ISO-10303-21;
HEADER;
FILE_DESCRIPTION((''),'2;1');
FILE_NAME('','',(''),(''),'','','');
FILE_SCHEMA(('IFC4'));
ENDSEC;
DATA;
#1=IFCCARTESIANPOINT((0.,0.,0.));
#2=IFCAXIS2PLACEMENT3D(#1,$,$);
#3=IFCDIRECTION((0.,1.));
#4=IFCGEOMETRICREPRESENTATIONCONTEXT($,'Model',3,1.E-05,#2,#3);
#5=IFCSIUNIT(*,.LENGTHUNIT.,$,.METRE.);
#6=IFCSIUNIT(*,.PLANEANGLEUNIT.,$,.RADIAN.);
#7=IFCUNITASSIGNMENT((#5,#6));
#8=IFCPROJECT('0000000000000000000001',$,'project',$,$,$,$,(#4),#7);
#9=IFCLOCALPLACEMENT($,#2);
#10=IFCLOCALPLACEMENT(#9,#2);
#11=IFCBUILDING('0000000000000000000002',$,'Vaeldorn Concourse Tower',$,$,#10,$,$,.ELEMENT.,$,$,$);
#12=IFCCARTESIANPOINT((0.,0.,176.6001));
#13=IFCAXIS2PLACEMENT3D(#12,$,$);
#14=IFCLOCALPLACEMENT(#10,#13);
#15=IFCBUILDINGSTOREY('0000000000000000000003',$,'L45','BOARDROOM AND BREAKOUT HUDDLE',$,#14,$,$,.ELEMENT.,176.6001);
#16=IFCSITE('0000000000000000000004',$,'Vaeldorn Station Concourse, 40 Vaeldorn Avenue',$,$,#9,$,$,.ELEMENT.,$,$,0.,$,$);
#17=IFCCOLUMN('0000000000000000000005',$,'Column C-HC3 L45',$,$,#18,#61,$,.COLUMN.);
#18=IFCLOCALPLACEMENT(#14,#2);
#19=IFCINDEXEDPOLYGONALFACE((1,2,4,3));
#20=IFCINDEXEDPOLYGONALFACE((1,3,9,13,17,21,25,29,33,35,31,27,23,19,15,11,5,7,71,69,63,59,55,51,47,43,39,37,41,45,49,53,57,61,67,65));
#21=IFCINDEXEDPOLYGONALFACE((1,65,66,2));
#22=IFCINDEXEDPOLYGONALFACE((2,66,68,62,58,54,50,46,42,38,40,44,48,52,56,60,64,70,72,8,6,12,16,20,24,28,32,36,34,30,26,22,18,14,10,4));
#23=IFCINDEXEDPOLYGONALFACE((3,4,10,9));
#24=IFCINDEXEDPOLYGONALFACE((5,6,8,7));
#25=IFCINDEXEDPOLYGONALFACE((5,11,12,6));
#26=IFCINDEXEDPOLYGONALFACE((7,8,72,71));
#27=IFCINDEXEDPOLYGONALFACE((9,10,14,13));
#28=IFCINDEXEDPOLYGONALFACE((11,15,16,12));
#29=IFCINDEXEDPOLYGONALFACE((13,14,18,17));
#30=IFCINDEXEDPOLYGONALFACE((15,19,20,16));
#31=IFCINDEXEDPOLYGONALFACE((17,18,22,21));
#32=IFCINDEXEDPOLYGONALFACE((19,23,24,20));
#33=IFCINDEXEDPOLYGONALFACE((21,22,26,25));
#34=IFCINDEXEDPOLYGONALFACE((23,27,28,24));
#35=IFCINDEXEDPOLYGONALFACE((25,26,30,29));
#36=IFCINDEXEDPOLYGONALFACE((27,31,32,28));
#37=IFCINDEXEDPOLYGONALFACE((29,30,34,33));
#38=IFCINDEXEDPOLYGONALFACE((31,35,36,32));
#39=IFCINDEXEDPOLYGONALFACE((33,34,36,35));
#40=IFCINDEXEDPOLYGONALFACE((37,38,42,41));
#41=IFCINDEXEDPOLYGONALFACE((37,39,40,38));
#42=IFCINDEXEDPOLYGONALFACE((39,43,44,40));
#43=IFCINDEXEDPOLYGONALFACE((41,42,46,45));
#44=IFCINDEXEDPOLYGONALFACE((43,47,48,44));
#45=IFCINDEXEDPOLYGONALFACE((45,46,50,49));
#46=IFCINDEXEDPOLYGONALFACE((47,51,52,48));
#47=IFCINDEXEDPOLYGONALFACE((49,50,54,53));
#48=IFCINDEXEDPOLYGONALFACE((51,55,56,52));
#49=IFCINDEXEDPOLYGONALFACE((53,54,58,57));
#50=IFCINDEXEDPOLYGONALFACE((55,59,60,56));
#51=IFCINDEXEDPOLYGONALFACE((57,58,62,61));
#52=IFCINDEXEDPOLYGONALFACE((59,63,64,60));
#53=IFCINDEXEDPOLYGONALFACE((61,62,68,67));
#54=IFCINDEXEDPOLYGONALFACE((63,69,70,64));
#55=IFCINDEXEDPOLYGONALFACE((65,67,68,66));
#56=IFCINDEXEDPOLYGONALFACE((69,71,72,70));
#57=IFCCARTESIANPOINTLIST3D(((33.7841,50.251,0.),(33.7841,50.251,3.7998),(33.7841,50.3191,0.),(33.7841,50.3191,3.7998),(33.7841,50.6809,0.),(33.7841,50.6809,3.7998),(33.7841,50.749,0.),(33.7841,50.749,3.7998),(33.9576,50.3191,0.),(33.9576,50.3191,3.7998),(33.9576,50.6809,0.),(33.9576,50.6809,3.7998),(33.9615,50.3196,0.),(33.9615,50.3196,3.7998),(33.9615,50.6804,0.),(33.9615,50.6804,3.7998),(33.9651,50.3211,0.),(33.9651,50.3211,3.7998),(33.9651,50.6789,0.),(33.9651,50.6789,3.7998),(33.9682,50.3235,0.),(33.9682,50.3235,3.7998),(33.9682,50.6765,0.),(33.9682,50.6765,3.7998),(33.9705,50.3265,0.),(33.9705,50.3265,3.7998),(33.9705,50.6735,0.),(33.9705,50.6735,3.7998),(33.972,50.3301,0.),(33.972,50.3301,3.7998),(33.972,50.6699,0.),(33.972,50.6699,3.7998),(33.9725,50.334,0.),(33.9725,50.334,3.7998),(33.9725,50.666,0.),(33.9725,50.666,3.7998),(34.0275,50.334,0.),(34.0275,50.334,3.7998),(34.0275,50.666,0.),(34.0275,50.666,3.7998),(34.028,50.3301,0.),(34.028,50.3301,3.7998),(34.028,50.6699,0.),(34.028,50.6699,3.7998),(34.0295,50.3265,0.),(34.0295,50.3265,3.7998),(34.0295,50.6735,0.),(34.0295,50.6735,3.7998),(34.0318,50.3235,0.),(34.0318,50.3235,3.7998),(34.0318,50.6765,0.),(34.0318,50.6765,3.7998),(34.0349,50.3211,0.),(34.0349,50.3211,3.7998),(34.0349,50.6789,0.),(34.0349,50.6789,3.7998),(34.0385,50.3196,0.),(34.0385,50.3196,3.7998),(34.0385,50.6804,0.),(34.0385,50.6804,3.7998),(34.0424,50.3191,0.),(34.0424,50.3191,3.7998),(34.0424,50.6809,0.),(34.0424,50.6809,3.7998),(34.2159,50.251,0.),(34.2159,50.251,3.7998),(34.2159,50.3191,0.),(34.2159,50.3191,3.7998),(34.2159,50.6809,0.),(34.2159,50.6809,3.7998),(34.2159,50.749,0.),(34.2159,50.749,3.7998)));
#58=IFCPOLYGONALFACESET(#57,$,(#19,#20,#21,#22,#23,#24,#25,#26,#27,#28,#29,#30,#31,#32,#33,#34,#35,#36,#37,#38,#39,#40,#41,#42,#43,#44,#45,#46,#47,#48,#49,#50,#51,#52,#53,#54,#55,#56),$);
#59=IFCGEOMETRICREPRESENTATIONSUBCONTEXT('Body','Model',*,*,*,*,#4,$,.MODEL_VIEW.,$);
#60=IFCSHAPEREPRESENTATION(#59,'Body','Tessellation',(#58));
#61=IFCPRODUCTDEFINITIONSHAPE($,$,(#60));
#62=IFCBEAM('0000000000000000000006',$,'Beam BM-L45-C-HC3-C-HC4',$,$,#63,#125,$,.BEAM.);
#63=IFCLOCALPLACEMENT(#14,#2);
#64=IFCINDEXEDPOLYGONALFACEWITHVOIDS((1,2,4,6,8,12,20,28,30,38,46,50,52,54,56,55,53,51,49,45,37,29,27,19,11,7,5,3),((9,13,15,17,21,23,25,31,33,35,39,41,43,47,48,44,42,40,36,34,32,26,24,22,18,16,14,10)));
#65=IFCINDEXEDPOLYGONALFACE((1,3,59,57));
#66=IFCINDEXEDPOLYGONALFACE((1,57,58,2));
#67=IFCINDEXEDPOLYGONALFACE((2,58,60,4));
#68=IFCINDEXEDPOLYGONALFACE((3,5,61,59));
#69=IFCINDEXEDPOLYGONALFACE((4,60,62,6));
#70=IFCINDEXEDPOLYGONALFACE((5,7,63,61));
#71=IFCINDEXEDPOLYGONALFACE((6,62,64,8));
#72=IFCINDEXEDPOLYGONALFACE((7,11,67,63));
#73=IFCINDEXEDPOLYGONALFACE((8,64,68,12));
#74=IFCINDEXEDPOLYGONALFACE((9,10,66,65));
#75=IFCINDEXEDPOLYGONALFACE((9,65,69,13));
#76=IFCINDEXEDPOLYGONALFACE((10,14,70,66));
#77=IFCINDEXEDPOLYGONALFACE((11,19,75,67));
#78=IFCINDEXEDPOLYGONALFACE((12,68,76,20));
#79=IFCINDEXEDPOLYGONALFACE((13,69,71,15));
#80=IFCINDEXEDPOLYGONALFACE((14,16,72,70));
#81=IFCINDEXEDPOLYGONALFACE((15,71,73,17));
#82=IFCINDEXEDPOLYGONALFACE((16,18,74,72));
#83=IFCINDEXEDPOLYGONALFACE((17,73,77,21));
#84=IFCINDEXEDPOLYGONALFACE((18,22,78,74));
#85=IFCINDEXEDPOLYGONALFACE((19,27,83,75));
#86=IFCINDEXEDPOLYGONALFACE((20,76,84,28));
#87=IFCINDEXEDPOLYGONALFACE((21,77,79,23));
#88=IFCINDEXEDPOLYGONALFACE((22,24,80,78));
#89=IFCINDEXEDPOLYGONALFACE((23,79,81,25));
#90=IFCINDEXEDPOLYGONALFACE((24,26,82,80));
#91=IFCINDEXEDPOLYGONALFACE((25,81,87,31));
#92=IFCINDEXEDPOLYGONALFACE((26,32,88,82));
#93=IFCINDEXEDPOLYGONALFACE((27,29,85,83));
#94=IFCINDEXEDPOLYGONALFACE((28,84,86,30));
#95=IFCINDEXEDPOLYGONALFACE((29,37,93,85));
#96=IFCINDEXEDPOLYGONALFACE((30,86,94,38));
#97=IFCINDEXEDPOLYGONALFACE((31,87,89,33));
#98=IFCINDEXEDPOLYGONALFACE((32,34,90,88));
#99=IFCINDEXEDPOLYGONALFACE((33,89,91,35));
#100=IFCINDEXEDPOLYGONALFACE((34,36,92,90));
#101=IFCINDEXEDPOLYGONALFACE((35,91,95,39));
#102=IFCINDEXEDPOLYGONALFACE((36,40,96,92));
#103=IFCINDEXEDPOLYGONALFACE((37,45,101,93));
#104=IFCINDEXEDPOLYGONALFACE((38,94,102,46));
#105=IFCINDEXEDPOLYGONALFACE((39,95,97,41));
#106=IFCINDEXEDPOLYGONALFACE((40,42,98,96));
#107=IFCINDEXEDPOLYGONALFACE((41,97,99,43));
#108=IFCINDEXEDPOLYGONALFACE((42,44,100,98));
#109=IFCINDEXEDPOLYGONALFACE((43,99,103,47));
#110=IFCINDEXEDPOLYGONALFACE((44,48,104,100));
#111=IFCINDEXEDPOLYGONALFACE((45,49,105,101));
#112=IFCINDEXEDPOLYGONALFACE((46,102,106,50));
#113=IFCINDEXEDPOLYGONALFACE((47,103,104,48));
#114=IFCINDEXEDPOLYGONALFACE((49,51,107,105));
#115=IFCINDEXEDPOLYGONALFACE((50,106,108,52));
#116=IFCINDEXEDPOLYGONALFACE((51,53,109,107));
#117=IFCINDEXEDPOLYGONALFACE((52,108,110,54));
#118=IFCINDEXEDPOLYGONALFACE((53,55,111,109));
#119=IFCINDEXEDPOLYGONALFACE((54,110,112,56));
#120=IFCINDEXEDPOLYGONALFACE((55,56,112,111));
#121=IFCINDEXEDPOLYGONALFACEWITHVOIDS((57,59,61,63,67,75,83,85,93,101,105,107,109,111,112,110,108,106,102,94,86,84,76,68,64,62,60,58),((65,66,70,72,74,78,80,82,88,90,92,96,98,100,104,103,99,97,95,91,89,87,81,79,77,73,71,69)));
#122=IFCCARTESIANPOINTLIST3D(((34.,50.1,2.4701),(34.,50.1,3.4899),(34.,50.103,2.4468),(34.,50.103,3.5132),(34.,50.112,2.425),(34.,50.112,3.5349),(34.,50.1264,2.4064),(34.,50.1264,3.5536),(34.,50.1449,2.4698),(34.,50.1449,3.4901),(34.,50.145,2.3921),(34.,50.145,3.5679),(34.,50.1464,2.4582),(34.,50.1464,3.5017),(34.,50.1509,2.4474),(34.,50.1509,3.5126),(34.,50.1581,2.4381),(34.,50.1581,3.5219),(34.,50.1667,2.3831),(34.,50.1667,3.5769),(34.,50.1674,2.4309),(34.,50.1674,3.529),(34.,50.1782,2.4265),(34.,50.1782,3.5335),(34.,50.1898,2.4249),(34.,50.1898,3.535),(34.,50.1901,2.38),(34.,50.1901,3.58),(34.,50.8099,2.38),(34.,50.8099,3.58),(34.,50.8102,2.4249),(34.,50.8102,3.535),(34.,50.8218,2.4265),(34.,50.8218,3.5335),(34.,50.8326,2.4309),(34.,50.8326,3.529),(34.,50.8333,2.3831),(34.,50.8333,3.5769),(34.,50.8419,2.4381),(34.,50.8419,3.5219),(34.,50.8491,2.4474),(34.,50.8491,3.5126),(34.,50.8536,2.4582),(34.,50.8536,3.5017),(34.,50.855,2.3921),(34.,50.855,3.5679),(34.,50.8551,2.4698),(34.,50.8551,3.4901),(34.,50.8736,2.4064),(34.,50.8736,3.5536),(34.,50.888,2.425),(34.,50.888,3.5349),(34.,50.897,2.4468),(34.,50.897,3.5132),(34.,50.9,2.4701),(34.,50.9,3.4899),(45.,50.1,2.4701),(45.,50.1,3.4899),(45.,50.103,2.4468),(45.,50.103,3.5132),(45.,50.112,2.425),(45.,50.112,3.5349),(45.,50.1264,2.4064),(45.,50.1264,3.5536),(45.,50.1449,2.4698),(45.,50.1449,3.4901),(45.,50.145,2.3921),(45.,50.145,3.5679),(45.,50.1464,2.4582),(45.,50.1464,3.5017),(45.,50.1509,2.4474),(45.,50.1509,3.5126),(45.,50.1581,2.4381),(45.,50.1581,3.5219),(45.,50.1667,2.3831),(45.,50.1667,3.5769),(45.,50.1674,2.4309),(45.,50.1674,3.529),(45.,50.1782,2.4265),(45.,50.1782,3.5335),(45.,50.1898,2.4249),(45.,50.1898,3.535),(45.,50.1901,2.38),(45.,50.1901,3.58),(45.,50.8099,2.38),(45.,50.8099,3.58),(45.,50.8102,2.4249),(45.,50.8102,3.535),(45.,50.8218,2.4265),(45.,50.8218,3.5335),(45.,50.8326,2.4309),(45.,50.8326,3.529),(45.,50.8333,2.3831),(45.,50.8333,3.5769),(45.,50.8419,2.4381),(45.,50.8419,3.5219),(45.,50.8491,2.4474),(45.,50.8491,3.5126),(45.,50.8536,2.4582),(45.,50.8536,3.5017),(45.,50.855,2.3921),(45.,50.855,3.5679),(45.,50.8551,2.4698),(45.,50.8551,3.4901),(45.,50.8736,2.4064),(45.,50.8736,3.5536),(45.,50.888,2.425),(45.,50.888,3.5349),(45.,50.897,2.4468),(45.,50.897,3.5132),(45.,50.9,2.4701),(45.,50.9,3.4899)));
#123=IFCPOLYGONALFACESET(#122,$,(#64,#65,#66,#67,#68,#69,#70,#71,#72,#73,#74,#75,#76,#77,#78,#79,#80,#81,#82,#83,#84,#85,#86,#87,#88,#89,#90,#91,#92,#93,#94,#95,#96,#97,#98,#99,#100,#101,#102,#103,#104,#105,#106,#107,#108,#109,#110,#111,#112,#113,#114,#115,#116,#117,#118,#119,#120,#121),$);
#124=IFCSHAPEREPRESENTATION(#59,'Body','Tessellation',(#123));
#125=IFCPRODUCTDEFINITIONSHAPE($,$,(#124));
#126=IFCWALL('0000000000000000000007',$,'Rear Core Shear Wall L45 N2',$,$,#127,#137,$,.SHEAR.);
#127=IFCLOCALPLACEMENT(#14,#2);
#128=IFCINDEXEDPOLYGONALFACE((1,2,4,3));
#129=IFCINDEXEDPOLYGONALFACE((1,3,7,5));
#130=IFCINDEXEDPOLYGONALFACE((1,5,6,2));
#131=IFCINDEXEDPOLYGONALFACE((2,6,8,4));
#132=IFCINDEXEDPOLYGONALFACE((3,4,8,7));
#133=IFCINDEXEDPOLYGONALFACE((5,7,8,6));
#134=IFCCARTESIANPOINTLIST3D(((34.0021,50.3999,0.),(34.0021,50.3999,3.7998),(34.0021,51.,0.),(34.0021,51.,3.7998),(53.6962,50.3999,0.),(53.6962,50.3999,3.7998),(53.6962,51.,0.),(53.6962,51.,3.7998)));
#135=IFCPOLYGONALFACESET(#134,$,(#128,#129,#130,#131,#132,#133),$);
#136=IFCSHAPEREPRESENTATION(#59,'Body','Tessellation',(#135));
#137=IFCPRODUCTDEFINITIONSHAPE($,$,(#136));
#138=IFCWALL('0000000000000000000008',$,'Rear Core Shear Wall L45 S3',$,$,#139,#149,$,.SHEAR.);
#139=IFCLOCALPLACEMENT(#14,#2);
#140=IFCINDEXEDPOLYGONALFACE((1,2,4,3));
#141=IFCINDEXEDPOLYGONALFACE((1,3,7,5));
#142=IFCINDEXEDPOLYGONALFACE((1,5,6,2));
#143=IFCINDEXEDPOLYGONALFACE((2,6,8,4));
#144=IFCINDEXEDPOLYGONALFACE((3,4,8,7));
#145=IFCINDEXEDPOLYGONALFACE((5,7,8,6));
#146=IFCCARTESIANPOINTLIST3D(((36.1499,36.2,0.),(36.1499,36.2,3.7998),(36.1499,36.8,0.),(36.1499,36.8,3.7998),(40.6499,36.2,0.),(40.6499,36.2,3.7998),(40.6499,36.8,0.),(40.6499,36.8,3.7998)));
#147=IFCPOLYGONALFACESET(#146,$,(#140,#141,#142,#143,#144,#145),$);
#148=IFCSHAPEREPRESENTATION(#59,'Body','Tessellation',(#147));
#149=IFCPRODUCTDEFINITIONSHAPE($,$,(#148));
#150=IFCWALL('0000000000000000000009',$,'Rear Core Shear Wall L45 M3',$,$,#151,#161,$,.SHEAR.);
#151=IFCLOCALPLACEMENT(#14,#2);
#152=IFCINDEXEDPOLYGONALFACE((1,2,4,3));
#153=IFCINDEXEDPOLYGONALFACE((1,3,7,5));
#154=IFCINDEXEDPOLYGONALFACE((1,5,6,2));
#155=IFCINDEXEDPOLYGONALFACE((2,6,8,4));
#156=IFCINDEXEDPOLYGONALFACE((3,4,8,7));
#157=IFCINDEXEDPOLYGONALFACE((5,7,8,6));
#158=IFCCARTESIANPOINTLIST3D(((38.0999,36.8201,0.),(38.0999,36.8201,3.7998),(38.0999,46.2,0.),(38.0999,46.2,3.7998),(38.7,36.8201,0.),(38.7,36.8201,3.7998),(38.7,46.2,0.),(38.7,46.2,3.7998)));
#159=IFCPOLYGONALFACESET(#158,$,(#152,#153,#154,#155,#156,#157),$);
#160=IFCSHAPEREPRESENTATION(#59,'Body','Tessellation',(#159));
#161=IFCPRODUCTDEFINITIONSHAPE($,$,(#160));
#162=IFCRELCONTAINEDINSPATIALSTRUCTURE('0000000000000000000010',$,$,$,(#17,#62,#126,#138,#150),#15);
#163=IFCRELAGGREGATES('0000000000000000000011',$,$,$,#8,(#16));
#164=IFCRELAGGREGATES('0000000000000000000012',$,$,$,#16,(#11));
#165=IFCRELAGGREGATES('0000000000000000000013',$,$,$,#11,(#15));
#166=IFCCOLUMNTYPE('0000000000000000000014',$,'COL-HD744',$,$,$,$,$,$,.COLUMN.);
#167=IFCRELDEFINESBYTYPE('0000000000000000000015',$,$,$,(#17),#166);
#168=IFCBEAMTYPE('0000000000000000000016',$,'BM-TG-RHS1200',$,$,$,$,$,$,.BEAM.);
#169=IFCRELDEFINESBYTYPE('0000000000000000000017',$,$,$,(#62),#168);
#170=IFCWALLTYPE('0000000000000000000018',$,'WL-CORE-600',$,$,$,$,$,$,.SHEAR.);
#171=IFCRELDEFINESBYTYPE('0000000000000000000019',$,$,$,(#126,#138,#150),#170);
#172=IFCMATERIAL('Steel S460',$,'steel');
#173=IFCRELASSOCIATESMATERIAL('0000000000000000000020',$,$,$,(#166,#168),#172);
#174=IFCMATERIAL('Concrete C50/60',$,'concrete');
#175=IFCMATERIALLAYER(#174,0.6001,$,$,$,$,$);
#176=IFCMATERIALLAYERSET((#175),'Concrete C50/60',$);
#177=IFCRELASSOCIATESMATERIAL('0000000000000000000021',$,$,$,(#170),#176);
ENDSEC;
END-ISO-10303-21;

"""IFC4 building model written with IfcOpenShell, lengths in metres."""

from ifc_helpers import new_model, si_unit, direction, frame, frame_2d, origin, origin_2d, place, context, subcontext, project, spatial, rectangle, hollow_rectangle, i_section, extrude, source, transform, mapped, material, layer, layer_set, material_profile, profile_set, type_object, element, save


model = new_model("IFC4")

# Units and contexts
model_context = context("Model", 3, precision=1e-05, world=origin(), true_north=direction((0.0, 1.0)))
body_context = subcontext(model_context, "Body", "Model", "MODEL_VIEW")
ifc_project = project(units=[si_unit("LENGTHUNIT", "METRE"), si_unit("PLANEANGLEUNIT", "RADIAN")], contexts=[model_context])

# Site, building, storey
site_placement = place(None, origin())
site = spatial("IfcSite", under=ifc_project, at=site_placement, Name="Vaeldorn Station Concourse, 40 Vaeldorn Avenue", CompositionType="ELEMENT", RefElevation=0.0)
building_placement = place(site_placement, origin())
building = spatial("IfcBuilding", under=site, at=building_placement, Name="Vaeldorn Concourse Tower", CompositionType="ELEMENT")
storey_placement = place(building_placement, frame((0.0, 0.0, 176.6001)))
storey = spatial("IfcBuildingStorey", under=building, at=storey_placement, Name="L45", Description="BOARDROOM AND BREAKOUT HUDDLE", CompositionType="ELEMENT", Elevation=176.6001)

# Column
ifc_material_1 = material(Name="Steel S460", Category="steel")
ifc_material_profile_1 = material_profile(ifc_material_1, i_section(OverallWidth=0.4319, OverallDepth=0.498, WebThickness=0.0549, FlangeThickness=0.0681, FilletRadius=0.0149, at=origin_2d()), Name="HD 400x744")
ifc_profile_set_1 = profile_set([ifc_material_profile_1], Name="Steel S460")
column_type = type_object("IfcColumnType", Name="COL-HD744", PredefinedType="COLUMN", material=ifc_profile_set_1)
shared_shape_1 = source(origin(), body_context, "Body", "SweptSolid", [
    extrude(i_section(OverallWidth=0.4319, OverallDepth=0.498, WebThickness=0.0549, FlangeThickness=0.0681, FilletRadius=0.0149, at=origin_2d()), origin(), (0.0, 0.0, 1.0), 3.7998),
])
column_placement = place(storey_placement, frame((34.0, 50.5, 0.0), z_axis=(0.0, 0.0, 1.0), x_axis=(1.0, 0.0, 0.0)))
element("IfcColumn", 1, at=column_placement, inside=storey, type_object=column_type, Name="Column C-HC3 L45", PredefinedType="COLUMN", context=body_context, shape_type="MappedRepresentation", body=[
    mapped(shared_shape_1, transform((0.0, 0.0, 0.0), scale=1.0)),
])

# Beam
ifc_material_profile_2 = material_profile(ifc_material_1, hollow_rectangle(XDim=0.8, YDim=1.2, WallThickness=0.0449, InnerFilletRadius=0.0449, OuterFilletRadius=0.0901, at=origin_2d()), Name="RHS 1200x800x45")
ifc_profile_set_2 = profile_set([ifc_material_profile_2], Name="Steel S460")
beam_type = type_object("IfcBeamType", Name="BM-TG-RHS1200", PredefinedType="BEAM", material=ifc_profile_set_2)
shared_shape_2 = source(origin(), body_context, "Body", "SweptSolid", [
    extrude(hollow_rectangle(XDim=0.8, YDim=1.2, WallThickness=0.0449, InnerFilletRadius=0.0449, OuterFilletRadius=0.0901, at=origin_2d()), origin(), (0.0, 0.0, 1.0), 11.0),
])
beam_placement = place(storey_placement, frame((34.0, 50.5, 2.98), z_axis=(1.0, 0.0, 0.0), x_axis=(0.0, 1.0, 0.0)))
element("IfcBeam", 2, at=beam_placement, inside=storey, type_object=beam_type, Name="Beam BM-L45-C-HC3-C-HC4", PredefinedType="BEAM", context=body_context, shape_type="MappedRepresentation", body=[
    mapped(shared_shape_2, transform((0.0, 0.0, 0.0), scale=1.0)),
])

# Walls
ifc_material_2 = material(Name="Concrete C50/60", Category="concrete")
ifc_layer_1 = layer(ifc_material_2, 0.6001)
ifc_layer_set_1 = layer_set([ifc_layer_1], Name="Concrete C50/60")
wall_type_1 = type_object("IfcWallType", Name="WL-CORE-600", PredefinedType="SHEAR", material=ifc_layer_set_1)
wall_1_placement = place(storey_placement, frame((34.002, 50.7, 0.0), z_axis=(0.0, 0.0, 1.0), x_axis=(1.0, 0.0, 0.0)))
element("IfcWall", 3, at=wall_1_placement, inside=storey, type_object=wall_type_1, Name="Rear Core Shear Wall L45 N2", PredefinedType="SHEAR", context=body_context, shape_type="SweptSolid", body=[
    extrude(rectangle(XDim=19.6941, YDim=0.6001, at=frame_2d((9.8472, 0.0))), origin(), (0.0, 0.0, 1.0), 3.7998),
])
wall_2_placement = place(storey_placement, frame((36.1499, 36.5, 0.0), z_axis=(0.0, 0.0, 1.0), x_axis=(1.0, 0.0, 0.0)))
element("IfcWall", 4, at=wall_2_placement, inside=storey, type_object=wall_type_1, Name="Rear Core Shear Wall L45 S3", PredefinedType="SHEAR", context=body_context, shape_type="SweptSolid", body=[
    extrude(rectangle(XDim=4.5, YDim=0.6001, at=frame_2d((2.25, 0.0))), origin(), (0.0, 0.0, 1.0), 3.7998),
])
wall_3_placement = place(storey_placement, frame((38.3999, 36.8201, 0.0), z_axis=(0.0, 0.0, 1.0), x_axis=(0.0, 1.0, 0.0)))
element("IfcWall", 5, at=wall_3_placement, inside=storey, type_object=wall_type_1, Name="Rear Core Shear Wall L45 M3", PredefinedType="SHEAR", context=body_context, shape_type="SweptSolid", body=[
    extrude(rectangle(XDim=9.3799, YDim=0.6001, at=frame_2d((4.6899, 0.0))), origin(), (0.0, 0.0, 1.0), 3.7998),
])

save(model, "model.ifc")
